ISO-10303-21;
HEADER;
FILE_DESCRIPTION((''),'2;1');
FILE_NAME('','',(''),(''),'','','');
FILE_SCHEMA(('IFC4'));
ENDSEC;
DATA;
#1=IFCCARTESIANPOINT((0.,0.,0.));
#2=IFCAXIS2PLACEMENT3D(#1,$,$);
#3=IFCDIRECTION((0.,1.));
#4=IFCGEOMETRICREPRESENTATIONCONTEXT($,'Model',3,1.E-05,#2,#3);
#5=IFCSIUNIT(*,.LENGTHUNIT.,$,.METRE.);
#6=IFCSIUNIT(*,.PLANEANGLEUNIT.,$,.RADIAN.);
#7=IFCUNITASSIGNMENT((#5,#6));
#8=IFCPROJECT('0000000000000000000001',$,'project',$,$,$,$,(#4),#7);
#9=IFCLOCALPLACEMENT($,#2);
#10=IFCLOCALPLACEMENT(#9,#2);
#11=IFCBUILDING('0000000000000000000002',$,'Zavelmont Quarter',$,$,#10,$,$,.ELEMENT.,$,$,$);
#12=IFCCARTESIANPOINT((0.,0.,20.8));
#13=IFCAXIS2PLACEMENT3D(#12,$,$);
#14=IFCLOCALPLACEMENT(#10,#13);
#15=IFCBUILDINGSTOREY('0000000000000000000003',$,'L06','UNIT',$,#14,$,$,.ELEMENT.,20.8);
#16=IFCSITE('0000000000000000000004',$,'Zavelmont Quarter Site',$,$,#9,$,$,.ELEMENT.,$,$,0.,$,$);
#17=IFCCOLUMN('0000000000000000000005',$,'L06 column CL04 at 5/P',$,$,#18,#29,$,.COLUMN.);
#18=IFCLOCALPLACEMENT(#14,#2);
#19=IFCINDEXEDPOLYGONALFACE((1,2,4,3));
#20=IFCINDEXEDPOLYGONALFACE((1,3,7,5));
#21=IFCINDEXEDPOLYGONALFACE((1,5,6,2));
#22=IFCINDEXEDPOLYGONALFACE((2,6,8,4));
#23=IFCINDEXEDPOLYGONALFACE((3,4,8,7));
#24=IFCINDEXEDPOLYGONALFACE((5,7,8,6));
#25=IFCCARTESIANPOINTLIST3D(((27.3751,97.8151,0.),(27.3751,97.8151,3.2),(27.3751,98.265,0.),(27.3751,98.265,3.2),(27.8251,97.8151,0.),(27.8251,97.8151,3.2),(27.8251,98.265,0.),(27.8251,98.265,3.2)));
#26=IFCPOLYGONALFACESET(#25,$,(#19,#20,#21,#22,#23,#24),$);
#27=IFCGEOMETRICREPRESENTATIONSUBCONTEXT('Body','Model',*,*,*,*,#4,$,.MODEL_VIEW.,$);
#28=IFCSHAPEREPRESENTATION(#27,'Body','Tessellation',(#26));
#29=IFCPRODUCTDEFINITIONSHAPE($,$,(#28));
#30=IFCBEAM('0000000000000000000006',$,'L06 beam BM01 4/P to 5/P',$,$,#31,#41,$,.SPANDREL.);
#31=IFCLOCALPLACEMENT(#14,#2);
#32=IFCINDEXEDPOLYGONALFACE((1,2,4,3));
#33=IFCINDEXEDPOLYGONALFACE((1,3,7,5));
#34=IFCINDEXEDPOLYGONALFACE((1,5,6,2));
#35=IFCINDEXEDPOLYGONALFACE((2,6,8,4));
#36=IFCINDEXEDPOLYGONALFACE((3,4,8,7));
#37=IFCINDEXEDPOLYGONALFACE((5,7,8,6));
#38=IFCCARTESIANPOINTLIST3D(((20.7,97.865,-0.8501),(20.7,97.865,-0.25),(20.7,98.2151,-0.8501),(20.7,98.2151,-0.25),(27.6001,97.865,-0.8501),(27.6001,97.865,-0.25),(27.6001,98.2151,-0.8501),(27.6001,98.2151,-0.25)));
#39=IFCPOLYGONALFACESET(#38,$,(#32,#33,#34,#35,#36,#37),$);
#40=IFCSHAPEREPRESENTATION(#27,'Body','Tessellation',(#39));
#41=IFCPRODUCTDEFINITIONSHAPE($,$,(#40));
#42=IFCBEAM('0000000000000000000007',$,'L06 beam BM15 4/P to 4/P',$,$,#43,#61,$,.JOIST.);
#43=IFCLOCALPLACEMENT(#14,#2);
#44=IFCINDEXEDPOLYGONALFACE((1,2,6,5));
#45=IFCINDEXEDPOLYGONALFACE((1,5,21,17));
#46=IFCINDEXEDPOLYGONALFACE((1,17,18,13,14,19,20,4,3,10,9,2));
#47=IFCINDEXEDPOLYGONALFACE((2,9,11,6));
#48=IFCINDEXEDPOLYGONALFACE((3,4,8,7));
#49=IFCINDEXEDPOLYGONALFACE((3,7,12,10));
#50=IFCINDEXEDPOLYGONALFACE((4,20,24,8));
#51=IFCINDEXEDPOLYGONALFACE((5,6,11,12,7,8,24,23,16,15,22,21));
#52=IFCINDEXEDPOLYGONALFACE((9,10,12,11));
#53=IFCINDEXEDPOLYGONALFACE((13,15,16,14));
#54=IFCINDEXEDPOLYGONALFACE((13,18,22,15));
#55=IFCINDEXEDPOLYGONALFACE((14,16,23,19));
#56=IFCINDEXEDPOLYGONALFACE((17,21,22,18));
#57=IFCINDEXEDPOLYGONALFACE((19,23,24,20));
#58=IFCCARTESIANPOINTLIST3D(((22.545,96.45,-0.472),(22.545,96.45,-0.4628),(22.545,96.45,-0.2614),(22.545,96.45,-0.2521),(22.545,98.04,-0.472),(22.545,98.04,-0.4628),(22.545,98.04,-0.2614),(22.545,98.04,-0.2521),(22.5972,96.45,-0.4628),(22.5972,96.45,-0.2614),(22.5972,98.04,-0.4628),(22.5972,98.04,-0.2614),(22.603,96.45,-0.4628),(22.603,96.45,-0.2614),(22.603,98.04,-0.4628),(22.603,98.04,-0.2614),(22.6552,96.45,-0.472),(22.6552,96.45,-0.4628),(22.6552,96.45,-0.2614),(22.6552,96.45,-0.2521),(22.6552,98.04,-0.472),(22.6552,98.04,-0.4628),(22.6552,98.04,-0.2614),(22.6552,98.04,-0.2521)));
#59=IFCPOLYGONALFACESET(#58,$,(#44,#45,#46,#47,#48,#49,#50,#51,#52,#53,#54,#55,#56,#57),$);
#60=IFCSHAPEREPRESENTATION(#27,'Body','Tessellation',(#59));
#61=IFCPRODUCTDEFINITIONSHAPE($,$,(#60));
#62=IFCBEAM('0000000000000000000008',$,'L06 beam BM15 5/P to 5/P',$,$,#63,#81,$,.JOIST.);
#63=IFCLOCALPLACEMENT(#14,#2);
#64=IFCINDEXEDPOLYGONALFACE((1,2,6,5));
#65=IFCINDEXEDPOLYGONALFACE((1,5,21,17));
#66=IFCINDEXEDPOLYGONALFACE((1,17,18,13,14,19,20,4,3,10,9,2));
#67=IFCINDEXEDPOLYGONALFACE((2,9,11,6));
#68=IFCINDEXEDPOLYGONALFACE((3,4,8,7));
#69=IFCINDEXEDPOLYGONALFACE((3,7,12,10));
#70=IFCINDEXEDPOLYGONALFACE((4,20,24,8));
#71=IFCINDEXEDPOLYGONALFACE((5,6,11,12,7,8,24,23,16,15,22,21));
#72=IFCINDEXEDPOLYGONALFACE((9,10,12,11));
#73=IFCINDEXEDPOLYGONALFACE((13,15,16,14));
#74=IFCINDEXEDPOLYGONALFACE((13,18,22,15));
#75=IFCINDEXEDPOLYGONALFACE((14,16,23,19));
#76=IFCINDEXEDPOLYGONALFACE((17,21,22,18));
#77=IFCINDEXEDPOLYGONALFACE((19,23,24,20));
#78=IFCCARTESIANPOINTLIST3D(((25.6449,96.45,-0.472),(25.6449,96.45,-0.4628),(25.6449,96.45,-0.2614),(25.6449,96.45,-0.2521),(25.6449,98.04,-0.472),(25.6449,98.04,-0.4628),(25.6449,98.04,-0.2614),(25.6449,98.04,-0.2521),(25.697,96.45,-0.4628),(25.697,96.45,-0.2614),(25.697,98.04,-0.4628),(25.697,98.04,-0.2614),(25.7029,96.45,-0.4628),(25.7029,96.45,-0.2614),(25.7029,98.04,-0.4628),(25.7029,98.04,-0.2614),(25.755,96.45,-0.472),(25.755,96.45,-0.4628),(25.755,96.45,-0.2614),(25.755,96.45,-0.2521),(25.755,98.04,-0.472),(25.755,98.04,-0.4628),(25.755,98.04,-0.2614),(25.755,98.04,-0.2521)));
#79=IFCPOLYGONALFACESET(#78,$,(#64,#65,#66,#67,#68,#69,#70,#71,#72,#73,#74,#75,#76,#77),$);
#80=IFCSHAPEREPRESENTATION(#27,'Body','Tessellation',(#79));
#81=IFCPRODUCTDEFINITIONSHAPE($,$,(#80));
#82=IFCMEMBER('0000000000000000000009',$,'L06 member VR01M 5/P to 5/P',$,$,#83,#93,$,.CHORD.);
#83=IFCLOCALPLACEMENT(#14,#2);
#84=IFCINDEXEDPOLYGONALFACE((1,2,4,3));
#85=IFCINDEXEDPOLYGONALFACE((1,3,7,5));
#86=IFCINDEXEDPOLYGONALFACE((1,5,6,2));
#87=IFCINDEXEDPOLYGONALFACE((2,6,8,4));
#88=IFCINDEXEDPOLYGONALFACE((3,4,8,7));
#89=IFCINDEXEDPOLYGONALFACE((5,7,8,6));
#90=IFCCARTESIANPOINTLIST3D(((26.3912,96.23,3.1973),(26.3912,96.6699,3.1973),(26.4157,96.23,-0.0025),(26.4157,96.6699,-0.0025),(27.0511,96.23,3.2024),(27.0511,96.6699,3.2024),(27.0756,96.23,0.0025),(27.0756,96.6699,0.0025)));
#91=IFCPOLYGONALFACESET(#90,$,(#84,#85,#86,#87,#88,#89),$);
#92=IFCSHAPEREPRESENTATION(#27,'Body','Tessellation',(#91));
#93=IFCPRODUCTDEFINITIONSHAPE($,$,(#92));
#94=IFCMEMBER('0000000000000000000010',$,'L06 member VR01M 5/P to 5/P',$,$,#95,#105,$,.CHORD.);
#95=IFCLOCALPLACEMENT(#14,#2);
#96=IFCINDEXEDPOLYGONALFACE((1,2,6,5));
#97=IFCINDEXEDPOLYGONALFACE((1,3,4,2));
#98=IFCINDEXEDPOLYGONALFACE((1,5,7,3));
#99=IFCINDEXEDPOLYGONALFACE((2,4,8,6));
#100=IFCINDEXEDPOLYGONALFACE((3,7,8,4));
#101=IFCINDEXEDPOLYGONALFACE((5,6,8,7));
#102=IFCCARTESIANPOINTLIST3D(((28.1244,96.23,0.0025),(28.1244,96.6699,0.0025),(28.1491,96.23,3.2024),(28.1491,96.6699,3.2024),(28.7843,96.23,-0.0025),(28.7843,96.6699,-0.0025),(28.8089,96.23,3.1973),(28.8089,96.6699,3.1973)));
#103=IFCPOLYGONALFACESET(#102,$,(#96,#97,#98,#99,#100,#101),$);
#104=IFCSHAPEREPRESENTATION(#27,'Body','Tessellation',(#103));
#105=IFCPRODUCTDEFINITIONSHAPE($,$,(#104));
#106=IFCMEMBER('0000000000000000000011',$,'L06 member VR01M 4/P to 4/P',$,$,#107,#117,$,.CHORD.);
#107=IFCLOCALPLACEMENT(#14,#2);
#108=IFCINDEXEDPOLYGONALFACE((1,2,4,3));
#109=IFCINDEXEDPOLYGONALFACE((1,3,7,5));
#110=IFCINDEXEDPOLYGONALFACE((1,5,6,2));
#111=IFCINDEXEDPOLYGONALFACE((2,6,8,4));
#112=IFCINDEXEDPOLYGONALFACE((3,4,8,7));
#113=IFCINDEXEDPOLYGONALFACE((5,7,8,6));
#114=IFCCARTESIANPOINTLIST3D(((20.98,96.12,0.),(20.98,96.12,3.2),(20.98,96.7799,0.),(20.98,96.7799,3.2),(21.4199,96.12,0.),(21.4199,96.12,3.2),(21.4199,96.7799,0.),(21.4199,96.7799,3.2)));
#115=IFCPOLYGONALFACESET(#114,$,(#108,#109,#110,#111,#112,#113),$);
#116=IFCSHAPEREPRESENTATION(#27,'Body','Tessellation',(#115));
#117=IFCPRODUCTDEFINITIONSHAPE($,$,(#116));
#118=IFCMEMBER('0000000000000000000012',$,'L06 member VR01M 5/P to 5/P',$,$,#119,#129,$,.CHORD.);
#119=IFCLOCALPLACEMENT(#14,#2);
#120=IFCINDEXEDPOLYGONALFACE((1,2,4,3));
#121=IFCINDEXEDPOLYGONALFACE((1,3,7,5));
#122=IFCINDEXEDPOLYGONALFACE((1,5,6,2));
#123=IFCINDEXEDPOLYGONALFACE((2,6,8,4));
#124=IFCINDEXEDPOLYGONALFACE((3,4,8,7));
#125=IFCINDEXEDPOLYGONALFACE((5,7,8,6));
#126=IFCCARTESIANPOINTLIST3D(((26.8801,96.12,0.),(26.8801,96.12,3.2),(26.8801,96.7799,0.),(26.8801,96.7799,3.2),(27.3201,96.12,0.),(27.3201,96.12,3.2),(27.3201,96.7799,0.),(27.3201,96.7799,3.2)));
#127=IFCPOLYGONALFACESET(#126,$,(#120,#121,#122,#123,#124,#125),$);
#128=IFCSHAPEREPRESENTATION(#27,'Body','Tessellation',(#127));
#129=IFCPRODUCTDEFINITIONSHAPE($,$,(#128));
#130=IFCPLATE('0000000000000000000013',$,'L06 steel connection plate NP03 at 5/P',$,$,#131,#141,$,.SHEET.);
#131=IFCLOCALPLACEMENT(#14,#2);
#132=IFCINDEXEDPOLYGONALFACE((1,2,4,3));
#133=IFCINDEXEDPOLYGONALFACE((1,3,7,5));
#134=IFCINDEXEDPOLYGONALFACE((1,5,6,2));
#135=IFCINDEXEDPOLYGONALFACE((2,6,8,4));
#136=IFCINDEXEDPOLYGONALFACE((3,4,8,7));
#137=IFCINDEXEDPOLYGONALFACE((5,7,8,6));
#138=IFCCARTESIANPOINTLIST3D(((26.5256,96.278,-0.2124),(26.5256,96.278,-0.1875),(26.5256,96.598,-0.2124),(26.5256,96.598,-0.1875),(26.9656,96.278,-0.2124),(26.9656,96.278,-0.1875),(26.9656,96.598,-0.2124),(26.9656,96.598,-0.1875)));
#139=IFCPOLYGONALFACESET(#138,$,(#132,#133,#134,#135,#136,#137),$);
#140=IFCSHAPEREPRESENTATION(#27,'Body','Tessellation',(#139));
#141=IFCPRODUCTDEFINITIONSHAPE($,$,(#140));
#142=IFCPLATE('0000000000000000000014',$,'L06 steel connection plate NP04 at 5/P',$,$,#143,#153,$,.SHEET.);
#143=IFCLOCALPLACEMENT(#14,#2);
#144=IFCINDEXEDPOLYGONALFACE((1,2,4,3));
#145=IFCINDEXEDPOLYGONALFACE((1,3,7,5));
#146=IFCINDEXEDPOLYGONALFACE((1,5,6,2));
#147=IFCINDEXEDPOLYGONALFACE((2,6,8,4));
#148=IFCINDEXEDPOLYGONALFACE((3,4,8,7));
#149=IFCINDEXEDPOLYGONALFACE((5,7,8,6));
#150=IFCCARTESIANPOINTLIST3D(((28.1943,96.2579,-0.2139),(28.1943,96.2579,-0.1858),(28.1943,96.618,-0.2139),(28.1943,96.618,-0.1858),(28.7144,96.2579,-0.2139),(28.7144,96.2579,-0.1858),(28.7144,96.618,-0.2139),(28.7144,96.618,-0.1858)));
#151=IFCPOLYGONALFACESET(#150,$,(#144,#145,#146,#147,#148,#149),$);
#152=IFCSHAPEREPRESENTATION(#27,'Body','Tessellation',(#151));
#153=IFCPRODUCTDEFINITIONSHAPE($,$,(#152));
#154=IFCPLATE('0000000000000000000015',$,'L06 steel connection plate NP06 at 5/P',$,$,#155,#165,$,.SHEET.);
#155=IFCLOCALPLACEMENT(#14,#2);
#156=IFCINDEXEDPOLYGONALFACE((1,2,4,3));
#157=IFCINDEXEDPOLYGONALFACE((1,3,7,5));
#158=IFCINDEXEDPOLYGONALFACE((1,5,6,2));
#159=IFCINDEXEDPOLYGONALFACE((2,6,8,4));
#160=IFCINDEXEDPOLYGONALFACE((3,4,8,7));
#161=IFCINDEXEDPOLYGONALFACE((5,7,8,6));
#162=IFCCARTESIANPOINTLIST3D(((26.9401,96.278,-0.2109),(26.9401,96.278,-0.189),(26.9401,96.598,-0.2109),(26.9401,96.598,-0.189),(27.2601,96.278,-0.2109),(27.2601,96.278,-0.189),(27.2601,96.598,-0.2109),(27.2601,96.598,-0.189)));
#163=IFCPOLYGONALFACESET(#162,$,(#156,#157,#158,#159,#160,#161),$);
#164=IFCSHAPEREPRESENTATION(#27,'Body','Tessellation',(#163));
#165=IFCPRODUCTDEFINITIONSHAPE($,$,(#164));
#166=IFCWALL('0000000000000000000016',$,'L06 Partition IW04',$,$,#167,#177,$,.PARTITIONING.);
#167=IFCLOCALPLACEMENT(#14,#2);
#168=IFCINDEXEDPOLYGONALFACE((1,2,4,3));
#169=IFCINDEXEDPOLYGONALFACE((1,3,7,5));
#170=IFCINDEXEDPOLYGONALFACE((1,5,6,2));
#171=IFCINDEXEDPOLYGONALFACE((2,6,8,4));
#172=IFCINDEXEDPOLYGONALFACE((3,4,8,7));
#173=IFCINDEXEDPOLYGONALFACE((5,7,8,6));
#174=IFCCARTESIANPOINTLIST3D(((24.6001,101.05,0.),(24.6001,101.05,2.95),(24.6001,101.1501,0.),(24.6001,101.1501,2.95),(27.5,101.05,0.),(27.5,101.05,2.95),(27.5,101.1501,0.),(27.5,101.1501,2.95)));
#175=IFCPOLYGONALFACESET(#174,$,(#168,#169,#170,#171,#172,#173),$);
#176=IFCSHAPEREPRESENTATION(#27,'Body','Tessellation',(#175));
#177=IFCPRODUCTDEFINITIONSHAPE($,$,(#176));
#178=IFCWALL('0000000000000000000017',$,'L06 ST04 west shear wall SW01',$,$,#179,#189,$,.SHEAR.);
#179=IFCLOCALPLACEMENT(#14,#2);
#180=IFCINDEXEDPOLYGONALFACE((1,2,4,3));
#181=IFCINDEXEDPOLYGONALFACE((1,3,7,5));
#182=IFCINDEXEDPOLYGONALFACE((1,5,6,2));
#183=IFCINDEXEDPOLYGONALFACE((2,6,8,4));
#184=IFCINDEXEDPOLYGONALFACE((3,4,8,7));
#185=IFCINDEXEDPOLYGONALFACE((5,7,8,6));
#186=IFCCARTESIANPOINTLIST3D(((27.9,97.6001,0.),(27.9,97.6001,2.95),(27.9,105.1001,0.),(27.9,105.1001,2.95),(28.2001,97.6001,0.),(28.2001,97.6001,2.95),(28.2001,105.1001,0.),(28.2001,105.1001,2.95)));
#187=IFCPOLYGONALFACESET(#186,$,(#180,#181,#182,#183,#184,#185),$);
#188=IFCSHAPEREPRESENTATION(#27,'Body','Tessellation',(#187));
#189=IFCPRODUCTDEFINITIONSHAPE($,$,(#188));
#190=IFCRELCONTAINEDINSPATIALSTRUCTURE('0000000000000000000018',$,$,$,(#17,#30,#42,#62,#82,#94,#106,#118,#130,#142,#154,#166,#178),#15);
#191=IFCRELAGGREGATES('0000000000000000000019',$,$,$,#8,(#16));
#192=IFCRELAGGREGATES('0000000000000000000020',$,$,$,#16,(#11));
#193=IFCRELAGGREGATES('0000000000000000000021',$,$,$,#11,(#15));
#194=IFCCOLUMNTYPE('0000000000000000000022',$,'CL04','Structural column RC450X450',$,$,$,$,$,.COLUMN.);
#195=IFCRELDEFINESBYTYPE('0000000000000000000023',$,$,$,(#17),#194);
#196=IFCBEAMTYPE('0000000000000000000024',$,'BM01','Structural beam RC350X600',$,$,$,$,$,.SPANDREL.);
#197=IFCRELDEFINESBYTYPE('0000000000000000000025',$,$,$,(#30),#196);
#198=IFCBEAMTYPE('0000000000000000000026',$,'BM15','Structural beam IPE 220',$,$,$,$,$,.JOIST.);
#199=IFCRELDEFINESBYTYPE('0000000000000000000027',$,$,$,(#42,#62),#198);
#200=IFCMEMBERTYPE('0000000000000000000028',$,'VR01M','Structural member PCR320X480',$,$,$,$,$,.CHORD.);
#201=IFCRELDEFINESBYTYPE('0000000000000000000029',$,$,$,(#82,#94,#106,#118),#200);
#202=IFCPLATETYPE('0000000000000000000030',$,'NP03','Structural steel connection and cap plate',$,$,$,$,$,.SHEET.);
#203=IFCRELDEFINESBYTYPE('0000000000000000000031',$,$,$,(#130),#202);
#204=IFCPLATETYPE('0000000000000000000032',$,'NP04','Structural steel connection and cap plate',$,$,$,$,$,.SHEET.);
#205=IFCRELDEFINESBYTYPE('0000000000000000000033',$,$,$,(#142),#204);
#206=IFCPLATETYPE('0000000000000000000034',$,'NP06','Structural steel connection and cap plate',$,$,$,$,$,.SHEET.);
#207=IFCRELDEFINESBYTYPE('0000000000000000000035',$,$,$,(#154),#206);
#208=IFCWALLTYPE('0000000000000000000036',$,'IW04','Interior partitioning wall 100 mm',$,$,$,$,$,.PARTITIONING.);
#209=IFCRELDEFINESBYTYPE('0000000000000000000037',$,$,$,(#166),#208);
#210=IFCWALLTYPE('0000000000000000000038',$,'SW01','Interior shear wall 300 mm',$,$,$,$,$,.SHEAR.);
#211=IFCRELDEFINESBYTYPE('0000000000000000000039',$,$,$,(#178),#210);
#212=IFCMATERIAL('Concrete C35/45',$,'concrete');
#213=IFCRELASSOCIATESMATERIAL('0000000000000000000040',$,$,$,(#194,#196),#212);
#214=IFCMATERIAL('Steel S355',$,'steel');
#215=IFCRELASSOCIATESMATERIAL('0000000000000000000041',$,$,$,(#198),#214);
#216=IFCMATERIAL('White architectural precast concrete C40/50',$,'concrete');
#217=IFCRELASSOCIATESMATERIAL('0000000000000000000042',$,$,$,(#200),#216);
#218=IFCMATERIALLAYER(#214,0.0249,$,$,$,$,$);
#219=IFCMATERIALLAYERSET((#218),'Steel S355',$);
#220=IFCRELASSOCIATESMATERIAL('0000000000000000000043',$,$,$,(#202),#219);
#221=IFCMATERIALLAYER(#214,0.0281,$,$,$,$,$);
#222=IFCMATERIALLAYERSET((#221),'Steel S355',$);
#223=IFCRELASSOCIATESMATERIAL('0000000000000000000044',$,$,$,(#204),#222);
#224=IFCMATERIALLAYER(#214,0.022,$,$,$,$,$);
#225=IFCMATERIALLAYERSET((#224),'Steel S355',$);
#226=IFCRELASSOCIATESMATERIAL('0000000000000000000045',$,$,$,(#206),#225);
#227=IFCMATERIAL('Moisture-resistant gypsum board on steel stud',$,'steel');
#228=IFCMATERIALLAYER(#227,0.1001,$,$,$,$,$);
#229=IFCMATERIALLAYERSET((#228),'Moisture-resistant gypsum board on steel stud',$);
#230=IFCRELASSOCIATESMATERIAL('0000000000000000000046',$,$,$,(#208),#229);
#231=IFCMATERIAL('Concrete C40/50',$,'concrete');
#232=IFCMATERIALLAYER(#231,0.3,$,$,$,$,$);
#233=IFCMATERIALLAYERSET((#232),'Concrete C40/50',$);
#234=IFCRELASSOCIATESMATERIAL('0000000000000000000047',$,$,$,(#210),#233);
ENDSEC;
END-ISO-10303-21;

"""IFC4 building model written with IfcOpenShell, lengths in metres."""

from ifc_helpers import new_model, si_unit, direction, frame, frame_2d, origin, origin_2d, place, context, subcontext, project, spatial, rectangle, i_section, extrude, material, layer, layer_set, material_profile, profile_set, type_object, element, save


model = new_model("IFC4")

# Units and contexts
model_context = context("Model", 3, precision=1e-05, world=origin(), true_north=direction((0.0, 1.0)))
body_context = subcontext(model_context, "Body", "Model", "MODEL_VIEW")
ifc_project = project(units=[si_unit("LENGTHUNIT", "METRE"), si_unit("PLANEANGLEUNIT", "RADIAN")], contexts=[model_context])

# Site, building, storey
site_placement = place(None, origin())
site = spatial("IfcSite", under=ifc_project, at=site_placement, Name="Zavelmont Quarter Site", CompositionType="ELEMENT", RefElevation=0.0)
building_placement = place(site_placement, origin())
building = spatial("IfcBuilding", under=site, at=building_placement, Name="Zavelmont Quarter", CompositionType="ELEMENT")
storey_placement = place(building_placement, frame((0.0, 0.0, 20.8)))
storey = spatial("IfcBuildingStorey", under=building, at=storey_placement, Name="L06", Description="UNIT", CompositionType="ELEMENT", Elevation=20.8)

# Column
ifc_material_1 = material(Name="Concrete C35/45", Category="concrete")
ifc_material_profile_1 = material_profile(ifc_material_1, rectangle(XDim=0.45, YDim=0.45, at=origin_2d()), Name="RC450X450")
ifc_profile_set_1 = profile_set([ifc_material_profile_1], Name="Concrete C35/45")
column_type = type_object("IfcColumnType", Name="CL04", Description="Structural column RC450X450", PredefinedType="COLUMN", material=ifc_profile_set_1)
column_placement = place(storey_placement, frame((27.6001, 98.04, 0.0), z_axis=(0.0, 0.0, 1.0), x_axis=(1.0, 0.0, 0.0)))
element("IfcColumn", 1, at=column_placement, inside=storey, type_object=column_type, Name="L06 column CL04 at 5/P", PredefinedType="COLUMN", context=body_context, shape_type="SweptSolid", body=[
    extrude(rectangle(XDim=0.45, YDim=0.45, at=origin_2d()), origin(), (0.0, 0.0, 1.0), 3.2),
])

# Beams
ifc_material_profile_2 = material_profile(ifc_material_1, rectangle(XDim=0.3501, YDim=0.6001, at=origin_2d()), Name="RC350X600")
ifc_profile_set_2 = profile_set([ifc_material_profile_2], Name="Concrete C35/45")
beam_type_1 = type_object("IfcBeamType", Name="BM01", Description="Structural beam RC350X600", PredefinedType="SPANDREL", material=ifc_profile_set_2)
beam_placement = place(storey_placement, frame((20.7, 98.04, -0.55), z_axis=(1.0, 0.0, 0.0), x_axis=(0.0, 1.0, 0.0)))
element("IfcBeam", 2, at=beam_placement, inside=storey, type_object=beam_type_1, Name="L06 beam BM01 4/P to 5/P", PredefinedType="SPANDREL", context=body_context, shape_type="SweptSolid", body=[
    extrude(rectangle(XDim=0.3501, YDim=0.6001, at=origin_2d()), origin(), (0.0, 0.0, 1.0), 6.9001),
])
ifc_material_2 = material(Name="Steel S355", Category="steel")
ifc_material_profile_3 = material_profile(ifc_material_2, i_section(OverallWidth=0.1101, OverallDepth=0.22, WebThickness=0.0059, FlangeThickness=0.0093, at=origin_2d()), Name="IPE 220")
ifc_profile_set_3 = profile_set([ifc_material_profile_3], Name="Steel S355")
beam_type_2 = type_object("IfcBeamType", Name="BM15", Description="Structural beam IPE 220", PredefinedType="JOIST", material=ifc_profile_set_3)
for number, where, z_axis, x_axis, name in (
    (3, (22.6001, 98.04, -0.3621), (0.0, -1.0, 0.0), (1.0, 0.0, 0.0), "L06 beam BM15 4/P to 4/P"),
    (4, (25.7, 98.04, -0.3621), (0.0, -1.0, 0.0), (1.0, 0.0, 0.0), "L06 beam BM15 5/P to 5/P"),
):
    element("IfcBeam", number, at=place(storey_placement, frame(where, z_axis=z_axis, x_axis=x_axis)), inside=storey, type_object=beam_type_2, Name=name, PredefinedType="JOIST", context=body_context, shape_type="SweptSolid", body=[
        extrude(i_section(OverallWidth=0.1101, OverallDepth=0.22, WebThickness=0.0059, FlangeThickness=0.0093, at=origin_2d()), origin(), (0.0, 0.0, 1.0), 1.5901),
    ])

# Members
ifc_material_3 = material(Name="White architectural precast concrete C40/50", Category="concrete")
ifc_material_profile_4 = material_profile(ifc_material_3, rectangle(XDim=0.4399, YDim=0.6599, at=origin_2d()), Name="PCR320X480")
ifc_profile_set_4 = profile_set([ifc_material_profile_4], Name="White architectural precast concrete C40/50")
member_type = type_object("IfcMemberType", Name="VR01M", Description="Structural member PCR320X480", PredefinedType="CHORD", material=ifc_profile_set_4)
for number, where, z_axis, x_axis, name in (
    (5, (26.7456, 96.45, 0.0), (-0.007629, 0.0, 0.999971), (0.0, -1.0, 0.0), "L06 member VR01M 5/P to 5/P"),
    (6, (28.4543, 96.45, 0.0), (0.007706, 0.0, 0.99997), (0.0, 1.0, 0.0), "L06 member VR01M 5/P to 5/P"),
    (7, (21.2, 96.45, 0.0), (0.0, 0.0, 1.0), (1.0, 0.0, 0.0), "L06 member VR01M 4/P to 4/P"),
    (8, (27.1001, 96.45, 0.0), (0.0, 0.0, 1.0), (1.0, 0.0, 0.0), "L06 member VR01M 5/P to 5/P"),
):
    element("IfcMember", number, at=place(storey_placement, frame(where, z_axis=z_axis, x_axis=x_axis)), inside=storey, type_object=member_type, Name=name, PredefinedType="CHORD", context=body_context, shape_type="SweptSolid", body=[
        extrude(rectangle(XDim=0.4399, YDim=0.6599, at=origin_2d()), origin(), (0.0, 0.0, 1.0), 3.2),
    ])

# Plates
ifc_layer_1 = layer(ifc_material_2, 0.0249)
ifc_layer_set_1 = layer_set([ifc_layer_1], Name="Steel S355")
plate_type_1 = type_object("IfcPlateType", Name="NP03", Description="Structural steel connection and cap plate", PredefinedType="SHEET", material=ifc_layer_set_1)
plate_1_placement = place(storey_placement, frame((26.7456, 96.438, -0.2124), z_axis=(0.0, 0.0, 1.0), x_axis=(1.0, 0.0, 0.0)))
element("IfcPlate", 9, at=plate_1_placement, inside=storey, type_object=plate_type_1, Name="L06 steel connection plate NP03 at 5/P", PredefinedType="SHEET", context=body_context, shape_type="SweptSolid", body=[
    extrude(rectangle(XDim=0.4399, YDim=0.3201, at=origin_2d()), origin(), (0.0, 0.0, 1.0), 0.0249),
])
ifc_layer_2 = layer(ifc_material_2, 0.0281)
ifc_layer_set_2 = layer_set([ifc_layer_2], Name="Steel S355")
plate_type_2 = type_object("IfcPlateType", Name="NP04", Description="Structural steel connection and cap plate", PredefinedType="SHEET", material=ifc_layer_set_2)
plate_2_placement = place(storey_placement, frame((28.4543, 96.438, -0.2139), z_axis=(0.0, 0.0, 1.0), x_axis=(1.0, 0.0, 0.0)))
element("IfcPlate", 10, at=plate_2_placement, inside=storey, type_object=plate_type_2, Name="L06 steel connection plate NP04 at 5/P", PredefinedType="SHEET", context=body_context, shape_type="SweptSolid", body=[
    extrude(rectangle(XDim=0.52, YDim=0.3601, at=origin_2d()), origin(), (0.0, 0.0, 1.0), 0.0281),
])
ifc_layer_3 = layer(ifc_material_2, 0.022)
ifc_layer_set_3 = layer_set([ifc_layer_3], Name="Steel S355")
plate_type_3 = type_object("IfcPlateType", Name="NP06", Description="Structural steel connection and cap plate", PredefinedType="SHEET", material=ifc_layer_set_3)
plate_3_placement = place(storey_placement, frame((27.1001, 96.438, -0.2109), z_axis=(0.0, 0.0, 1.0), x_axis=(1.0, 0.0, 0.0)))
element("IfcPlate", 11, at=plate_3_placement, inside=storey, type_object=plate_type_3, Name="L06 steel connection plate NP06 at 5/P", PredefinedType="SHEET", context=body_context, shape_type="SweptSolid", body=[
    extrude(rectangle(XDim=0.3201, YDim=0.3201, at=origin_2d()), origin(), (0.0, 0.0, 1.0), 0.022),
])

# Walls
ifc_material_4 = material(Name="Moisture-resistant gypsum board on steel stud", Category="steel")
ifc_layer_4 = layer(ifc_material_4, 0.1001)
ifc_layer_set_4 = layer_set([ifc_layer_4], Name="Moisture-resistant gypsum board on steel stud")
wall_type_1 = type_object("IfcWallType", Name="IW04", Description="Interior partitioning wall 100 mm", PredefinedType="PARTITIONING", material=ifc_layer_set_4)
wall_1_placement = place(storey_placement, frame((24.6001, 101.1001, 0.0), z_axis=(0.0, 0.0, 1.0), x_axis=(1.0, 0.0, 0.0)))
element("IfcWall", 12, at=wall_1_placement, inside=storey, type_object=wall_type_1, Name="L06 Partition IW04", PredefinedType="PARTITIONING", context=body_context, shape_type="SweptSolid", body=[
    extrude(rectangle(XDim=2.8999, YDim=0.1001, at=frame_2d((1.45, 0.0))), origin(), (0.0, 0.0, 1.0), 2.95),
])
ifc_material_5 = material(Name="Concrete C40/50", Category="concrete")
ifc_layer_5 = layer(ifc_material_5, 0.3)
ifc_layer_set_5 = layer_set([ifc_layer_5], Name="Concrete C40/50")
wall_type_2 = type_object("IfcWallType", Name="SW01", Description="Interior shear wall 300 mm", PredefinedType="SHEAR", material=ifc_layer_set_5)
wall_2_placement = place(storey_placement, frame((28.05, 97.6001, 0.0), z_axis=(0.0, 0.0, 1.0), x_axis=(0.0, 1.0, 0.0)))
element("IfcWall", 13, at=wall_2_placement, inside=storey, type_object=wall_type_2, Name="L06 ST04 west shear wall SW01", PredefinedType="SHEAR", context=body_context, shape_type="SweptSolid", body=[
    extrude(rectangle(XDim=7.5, YDim=0.3, at=frame_2d((3.75, 0.0))), origin(), (0.0, 0.0, 1.0), 2.95),
])

save(model, "model.ifc")
